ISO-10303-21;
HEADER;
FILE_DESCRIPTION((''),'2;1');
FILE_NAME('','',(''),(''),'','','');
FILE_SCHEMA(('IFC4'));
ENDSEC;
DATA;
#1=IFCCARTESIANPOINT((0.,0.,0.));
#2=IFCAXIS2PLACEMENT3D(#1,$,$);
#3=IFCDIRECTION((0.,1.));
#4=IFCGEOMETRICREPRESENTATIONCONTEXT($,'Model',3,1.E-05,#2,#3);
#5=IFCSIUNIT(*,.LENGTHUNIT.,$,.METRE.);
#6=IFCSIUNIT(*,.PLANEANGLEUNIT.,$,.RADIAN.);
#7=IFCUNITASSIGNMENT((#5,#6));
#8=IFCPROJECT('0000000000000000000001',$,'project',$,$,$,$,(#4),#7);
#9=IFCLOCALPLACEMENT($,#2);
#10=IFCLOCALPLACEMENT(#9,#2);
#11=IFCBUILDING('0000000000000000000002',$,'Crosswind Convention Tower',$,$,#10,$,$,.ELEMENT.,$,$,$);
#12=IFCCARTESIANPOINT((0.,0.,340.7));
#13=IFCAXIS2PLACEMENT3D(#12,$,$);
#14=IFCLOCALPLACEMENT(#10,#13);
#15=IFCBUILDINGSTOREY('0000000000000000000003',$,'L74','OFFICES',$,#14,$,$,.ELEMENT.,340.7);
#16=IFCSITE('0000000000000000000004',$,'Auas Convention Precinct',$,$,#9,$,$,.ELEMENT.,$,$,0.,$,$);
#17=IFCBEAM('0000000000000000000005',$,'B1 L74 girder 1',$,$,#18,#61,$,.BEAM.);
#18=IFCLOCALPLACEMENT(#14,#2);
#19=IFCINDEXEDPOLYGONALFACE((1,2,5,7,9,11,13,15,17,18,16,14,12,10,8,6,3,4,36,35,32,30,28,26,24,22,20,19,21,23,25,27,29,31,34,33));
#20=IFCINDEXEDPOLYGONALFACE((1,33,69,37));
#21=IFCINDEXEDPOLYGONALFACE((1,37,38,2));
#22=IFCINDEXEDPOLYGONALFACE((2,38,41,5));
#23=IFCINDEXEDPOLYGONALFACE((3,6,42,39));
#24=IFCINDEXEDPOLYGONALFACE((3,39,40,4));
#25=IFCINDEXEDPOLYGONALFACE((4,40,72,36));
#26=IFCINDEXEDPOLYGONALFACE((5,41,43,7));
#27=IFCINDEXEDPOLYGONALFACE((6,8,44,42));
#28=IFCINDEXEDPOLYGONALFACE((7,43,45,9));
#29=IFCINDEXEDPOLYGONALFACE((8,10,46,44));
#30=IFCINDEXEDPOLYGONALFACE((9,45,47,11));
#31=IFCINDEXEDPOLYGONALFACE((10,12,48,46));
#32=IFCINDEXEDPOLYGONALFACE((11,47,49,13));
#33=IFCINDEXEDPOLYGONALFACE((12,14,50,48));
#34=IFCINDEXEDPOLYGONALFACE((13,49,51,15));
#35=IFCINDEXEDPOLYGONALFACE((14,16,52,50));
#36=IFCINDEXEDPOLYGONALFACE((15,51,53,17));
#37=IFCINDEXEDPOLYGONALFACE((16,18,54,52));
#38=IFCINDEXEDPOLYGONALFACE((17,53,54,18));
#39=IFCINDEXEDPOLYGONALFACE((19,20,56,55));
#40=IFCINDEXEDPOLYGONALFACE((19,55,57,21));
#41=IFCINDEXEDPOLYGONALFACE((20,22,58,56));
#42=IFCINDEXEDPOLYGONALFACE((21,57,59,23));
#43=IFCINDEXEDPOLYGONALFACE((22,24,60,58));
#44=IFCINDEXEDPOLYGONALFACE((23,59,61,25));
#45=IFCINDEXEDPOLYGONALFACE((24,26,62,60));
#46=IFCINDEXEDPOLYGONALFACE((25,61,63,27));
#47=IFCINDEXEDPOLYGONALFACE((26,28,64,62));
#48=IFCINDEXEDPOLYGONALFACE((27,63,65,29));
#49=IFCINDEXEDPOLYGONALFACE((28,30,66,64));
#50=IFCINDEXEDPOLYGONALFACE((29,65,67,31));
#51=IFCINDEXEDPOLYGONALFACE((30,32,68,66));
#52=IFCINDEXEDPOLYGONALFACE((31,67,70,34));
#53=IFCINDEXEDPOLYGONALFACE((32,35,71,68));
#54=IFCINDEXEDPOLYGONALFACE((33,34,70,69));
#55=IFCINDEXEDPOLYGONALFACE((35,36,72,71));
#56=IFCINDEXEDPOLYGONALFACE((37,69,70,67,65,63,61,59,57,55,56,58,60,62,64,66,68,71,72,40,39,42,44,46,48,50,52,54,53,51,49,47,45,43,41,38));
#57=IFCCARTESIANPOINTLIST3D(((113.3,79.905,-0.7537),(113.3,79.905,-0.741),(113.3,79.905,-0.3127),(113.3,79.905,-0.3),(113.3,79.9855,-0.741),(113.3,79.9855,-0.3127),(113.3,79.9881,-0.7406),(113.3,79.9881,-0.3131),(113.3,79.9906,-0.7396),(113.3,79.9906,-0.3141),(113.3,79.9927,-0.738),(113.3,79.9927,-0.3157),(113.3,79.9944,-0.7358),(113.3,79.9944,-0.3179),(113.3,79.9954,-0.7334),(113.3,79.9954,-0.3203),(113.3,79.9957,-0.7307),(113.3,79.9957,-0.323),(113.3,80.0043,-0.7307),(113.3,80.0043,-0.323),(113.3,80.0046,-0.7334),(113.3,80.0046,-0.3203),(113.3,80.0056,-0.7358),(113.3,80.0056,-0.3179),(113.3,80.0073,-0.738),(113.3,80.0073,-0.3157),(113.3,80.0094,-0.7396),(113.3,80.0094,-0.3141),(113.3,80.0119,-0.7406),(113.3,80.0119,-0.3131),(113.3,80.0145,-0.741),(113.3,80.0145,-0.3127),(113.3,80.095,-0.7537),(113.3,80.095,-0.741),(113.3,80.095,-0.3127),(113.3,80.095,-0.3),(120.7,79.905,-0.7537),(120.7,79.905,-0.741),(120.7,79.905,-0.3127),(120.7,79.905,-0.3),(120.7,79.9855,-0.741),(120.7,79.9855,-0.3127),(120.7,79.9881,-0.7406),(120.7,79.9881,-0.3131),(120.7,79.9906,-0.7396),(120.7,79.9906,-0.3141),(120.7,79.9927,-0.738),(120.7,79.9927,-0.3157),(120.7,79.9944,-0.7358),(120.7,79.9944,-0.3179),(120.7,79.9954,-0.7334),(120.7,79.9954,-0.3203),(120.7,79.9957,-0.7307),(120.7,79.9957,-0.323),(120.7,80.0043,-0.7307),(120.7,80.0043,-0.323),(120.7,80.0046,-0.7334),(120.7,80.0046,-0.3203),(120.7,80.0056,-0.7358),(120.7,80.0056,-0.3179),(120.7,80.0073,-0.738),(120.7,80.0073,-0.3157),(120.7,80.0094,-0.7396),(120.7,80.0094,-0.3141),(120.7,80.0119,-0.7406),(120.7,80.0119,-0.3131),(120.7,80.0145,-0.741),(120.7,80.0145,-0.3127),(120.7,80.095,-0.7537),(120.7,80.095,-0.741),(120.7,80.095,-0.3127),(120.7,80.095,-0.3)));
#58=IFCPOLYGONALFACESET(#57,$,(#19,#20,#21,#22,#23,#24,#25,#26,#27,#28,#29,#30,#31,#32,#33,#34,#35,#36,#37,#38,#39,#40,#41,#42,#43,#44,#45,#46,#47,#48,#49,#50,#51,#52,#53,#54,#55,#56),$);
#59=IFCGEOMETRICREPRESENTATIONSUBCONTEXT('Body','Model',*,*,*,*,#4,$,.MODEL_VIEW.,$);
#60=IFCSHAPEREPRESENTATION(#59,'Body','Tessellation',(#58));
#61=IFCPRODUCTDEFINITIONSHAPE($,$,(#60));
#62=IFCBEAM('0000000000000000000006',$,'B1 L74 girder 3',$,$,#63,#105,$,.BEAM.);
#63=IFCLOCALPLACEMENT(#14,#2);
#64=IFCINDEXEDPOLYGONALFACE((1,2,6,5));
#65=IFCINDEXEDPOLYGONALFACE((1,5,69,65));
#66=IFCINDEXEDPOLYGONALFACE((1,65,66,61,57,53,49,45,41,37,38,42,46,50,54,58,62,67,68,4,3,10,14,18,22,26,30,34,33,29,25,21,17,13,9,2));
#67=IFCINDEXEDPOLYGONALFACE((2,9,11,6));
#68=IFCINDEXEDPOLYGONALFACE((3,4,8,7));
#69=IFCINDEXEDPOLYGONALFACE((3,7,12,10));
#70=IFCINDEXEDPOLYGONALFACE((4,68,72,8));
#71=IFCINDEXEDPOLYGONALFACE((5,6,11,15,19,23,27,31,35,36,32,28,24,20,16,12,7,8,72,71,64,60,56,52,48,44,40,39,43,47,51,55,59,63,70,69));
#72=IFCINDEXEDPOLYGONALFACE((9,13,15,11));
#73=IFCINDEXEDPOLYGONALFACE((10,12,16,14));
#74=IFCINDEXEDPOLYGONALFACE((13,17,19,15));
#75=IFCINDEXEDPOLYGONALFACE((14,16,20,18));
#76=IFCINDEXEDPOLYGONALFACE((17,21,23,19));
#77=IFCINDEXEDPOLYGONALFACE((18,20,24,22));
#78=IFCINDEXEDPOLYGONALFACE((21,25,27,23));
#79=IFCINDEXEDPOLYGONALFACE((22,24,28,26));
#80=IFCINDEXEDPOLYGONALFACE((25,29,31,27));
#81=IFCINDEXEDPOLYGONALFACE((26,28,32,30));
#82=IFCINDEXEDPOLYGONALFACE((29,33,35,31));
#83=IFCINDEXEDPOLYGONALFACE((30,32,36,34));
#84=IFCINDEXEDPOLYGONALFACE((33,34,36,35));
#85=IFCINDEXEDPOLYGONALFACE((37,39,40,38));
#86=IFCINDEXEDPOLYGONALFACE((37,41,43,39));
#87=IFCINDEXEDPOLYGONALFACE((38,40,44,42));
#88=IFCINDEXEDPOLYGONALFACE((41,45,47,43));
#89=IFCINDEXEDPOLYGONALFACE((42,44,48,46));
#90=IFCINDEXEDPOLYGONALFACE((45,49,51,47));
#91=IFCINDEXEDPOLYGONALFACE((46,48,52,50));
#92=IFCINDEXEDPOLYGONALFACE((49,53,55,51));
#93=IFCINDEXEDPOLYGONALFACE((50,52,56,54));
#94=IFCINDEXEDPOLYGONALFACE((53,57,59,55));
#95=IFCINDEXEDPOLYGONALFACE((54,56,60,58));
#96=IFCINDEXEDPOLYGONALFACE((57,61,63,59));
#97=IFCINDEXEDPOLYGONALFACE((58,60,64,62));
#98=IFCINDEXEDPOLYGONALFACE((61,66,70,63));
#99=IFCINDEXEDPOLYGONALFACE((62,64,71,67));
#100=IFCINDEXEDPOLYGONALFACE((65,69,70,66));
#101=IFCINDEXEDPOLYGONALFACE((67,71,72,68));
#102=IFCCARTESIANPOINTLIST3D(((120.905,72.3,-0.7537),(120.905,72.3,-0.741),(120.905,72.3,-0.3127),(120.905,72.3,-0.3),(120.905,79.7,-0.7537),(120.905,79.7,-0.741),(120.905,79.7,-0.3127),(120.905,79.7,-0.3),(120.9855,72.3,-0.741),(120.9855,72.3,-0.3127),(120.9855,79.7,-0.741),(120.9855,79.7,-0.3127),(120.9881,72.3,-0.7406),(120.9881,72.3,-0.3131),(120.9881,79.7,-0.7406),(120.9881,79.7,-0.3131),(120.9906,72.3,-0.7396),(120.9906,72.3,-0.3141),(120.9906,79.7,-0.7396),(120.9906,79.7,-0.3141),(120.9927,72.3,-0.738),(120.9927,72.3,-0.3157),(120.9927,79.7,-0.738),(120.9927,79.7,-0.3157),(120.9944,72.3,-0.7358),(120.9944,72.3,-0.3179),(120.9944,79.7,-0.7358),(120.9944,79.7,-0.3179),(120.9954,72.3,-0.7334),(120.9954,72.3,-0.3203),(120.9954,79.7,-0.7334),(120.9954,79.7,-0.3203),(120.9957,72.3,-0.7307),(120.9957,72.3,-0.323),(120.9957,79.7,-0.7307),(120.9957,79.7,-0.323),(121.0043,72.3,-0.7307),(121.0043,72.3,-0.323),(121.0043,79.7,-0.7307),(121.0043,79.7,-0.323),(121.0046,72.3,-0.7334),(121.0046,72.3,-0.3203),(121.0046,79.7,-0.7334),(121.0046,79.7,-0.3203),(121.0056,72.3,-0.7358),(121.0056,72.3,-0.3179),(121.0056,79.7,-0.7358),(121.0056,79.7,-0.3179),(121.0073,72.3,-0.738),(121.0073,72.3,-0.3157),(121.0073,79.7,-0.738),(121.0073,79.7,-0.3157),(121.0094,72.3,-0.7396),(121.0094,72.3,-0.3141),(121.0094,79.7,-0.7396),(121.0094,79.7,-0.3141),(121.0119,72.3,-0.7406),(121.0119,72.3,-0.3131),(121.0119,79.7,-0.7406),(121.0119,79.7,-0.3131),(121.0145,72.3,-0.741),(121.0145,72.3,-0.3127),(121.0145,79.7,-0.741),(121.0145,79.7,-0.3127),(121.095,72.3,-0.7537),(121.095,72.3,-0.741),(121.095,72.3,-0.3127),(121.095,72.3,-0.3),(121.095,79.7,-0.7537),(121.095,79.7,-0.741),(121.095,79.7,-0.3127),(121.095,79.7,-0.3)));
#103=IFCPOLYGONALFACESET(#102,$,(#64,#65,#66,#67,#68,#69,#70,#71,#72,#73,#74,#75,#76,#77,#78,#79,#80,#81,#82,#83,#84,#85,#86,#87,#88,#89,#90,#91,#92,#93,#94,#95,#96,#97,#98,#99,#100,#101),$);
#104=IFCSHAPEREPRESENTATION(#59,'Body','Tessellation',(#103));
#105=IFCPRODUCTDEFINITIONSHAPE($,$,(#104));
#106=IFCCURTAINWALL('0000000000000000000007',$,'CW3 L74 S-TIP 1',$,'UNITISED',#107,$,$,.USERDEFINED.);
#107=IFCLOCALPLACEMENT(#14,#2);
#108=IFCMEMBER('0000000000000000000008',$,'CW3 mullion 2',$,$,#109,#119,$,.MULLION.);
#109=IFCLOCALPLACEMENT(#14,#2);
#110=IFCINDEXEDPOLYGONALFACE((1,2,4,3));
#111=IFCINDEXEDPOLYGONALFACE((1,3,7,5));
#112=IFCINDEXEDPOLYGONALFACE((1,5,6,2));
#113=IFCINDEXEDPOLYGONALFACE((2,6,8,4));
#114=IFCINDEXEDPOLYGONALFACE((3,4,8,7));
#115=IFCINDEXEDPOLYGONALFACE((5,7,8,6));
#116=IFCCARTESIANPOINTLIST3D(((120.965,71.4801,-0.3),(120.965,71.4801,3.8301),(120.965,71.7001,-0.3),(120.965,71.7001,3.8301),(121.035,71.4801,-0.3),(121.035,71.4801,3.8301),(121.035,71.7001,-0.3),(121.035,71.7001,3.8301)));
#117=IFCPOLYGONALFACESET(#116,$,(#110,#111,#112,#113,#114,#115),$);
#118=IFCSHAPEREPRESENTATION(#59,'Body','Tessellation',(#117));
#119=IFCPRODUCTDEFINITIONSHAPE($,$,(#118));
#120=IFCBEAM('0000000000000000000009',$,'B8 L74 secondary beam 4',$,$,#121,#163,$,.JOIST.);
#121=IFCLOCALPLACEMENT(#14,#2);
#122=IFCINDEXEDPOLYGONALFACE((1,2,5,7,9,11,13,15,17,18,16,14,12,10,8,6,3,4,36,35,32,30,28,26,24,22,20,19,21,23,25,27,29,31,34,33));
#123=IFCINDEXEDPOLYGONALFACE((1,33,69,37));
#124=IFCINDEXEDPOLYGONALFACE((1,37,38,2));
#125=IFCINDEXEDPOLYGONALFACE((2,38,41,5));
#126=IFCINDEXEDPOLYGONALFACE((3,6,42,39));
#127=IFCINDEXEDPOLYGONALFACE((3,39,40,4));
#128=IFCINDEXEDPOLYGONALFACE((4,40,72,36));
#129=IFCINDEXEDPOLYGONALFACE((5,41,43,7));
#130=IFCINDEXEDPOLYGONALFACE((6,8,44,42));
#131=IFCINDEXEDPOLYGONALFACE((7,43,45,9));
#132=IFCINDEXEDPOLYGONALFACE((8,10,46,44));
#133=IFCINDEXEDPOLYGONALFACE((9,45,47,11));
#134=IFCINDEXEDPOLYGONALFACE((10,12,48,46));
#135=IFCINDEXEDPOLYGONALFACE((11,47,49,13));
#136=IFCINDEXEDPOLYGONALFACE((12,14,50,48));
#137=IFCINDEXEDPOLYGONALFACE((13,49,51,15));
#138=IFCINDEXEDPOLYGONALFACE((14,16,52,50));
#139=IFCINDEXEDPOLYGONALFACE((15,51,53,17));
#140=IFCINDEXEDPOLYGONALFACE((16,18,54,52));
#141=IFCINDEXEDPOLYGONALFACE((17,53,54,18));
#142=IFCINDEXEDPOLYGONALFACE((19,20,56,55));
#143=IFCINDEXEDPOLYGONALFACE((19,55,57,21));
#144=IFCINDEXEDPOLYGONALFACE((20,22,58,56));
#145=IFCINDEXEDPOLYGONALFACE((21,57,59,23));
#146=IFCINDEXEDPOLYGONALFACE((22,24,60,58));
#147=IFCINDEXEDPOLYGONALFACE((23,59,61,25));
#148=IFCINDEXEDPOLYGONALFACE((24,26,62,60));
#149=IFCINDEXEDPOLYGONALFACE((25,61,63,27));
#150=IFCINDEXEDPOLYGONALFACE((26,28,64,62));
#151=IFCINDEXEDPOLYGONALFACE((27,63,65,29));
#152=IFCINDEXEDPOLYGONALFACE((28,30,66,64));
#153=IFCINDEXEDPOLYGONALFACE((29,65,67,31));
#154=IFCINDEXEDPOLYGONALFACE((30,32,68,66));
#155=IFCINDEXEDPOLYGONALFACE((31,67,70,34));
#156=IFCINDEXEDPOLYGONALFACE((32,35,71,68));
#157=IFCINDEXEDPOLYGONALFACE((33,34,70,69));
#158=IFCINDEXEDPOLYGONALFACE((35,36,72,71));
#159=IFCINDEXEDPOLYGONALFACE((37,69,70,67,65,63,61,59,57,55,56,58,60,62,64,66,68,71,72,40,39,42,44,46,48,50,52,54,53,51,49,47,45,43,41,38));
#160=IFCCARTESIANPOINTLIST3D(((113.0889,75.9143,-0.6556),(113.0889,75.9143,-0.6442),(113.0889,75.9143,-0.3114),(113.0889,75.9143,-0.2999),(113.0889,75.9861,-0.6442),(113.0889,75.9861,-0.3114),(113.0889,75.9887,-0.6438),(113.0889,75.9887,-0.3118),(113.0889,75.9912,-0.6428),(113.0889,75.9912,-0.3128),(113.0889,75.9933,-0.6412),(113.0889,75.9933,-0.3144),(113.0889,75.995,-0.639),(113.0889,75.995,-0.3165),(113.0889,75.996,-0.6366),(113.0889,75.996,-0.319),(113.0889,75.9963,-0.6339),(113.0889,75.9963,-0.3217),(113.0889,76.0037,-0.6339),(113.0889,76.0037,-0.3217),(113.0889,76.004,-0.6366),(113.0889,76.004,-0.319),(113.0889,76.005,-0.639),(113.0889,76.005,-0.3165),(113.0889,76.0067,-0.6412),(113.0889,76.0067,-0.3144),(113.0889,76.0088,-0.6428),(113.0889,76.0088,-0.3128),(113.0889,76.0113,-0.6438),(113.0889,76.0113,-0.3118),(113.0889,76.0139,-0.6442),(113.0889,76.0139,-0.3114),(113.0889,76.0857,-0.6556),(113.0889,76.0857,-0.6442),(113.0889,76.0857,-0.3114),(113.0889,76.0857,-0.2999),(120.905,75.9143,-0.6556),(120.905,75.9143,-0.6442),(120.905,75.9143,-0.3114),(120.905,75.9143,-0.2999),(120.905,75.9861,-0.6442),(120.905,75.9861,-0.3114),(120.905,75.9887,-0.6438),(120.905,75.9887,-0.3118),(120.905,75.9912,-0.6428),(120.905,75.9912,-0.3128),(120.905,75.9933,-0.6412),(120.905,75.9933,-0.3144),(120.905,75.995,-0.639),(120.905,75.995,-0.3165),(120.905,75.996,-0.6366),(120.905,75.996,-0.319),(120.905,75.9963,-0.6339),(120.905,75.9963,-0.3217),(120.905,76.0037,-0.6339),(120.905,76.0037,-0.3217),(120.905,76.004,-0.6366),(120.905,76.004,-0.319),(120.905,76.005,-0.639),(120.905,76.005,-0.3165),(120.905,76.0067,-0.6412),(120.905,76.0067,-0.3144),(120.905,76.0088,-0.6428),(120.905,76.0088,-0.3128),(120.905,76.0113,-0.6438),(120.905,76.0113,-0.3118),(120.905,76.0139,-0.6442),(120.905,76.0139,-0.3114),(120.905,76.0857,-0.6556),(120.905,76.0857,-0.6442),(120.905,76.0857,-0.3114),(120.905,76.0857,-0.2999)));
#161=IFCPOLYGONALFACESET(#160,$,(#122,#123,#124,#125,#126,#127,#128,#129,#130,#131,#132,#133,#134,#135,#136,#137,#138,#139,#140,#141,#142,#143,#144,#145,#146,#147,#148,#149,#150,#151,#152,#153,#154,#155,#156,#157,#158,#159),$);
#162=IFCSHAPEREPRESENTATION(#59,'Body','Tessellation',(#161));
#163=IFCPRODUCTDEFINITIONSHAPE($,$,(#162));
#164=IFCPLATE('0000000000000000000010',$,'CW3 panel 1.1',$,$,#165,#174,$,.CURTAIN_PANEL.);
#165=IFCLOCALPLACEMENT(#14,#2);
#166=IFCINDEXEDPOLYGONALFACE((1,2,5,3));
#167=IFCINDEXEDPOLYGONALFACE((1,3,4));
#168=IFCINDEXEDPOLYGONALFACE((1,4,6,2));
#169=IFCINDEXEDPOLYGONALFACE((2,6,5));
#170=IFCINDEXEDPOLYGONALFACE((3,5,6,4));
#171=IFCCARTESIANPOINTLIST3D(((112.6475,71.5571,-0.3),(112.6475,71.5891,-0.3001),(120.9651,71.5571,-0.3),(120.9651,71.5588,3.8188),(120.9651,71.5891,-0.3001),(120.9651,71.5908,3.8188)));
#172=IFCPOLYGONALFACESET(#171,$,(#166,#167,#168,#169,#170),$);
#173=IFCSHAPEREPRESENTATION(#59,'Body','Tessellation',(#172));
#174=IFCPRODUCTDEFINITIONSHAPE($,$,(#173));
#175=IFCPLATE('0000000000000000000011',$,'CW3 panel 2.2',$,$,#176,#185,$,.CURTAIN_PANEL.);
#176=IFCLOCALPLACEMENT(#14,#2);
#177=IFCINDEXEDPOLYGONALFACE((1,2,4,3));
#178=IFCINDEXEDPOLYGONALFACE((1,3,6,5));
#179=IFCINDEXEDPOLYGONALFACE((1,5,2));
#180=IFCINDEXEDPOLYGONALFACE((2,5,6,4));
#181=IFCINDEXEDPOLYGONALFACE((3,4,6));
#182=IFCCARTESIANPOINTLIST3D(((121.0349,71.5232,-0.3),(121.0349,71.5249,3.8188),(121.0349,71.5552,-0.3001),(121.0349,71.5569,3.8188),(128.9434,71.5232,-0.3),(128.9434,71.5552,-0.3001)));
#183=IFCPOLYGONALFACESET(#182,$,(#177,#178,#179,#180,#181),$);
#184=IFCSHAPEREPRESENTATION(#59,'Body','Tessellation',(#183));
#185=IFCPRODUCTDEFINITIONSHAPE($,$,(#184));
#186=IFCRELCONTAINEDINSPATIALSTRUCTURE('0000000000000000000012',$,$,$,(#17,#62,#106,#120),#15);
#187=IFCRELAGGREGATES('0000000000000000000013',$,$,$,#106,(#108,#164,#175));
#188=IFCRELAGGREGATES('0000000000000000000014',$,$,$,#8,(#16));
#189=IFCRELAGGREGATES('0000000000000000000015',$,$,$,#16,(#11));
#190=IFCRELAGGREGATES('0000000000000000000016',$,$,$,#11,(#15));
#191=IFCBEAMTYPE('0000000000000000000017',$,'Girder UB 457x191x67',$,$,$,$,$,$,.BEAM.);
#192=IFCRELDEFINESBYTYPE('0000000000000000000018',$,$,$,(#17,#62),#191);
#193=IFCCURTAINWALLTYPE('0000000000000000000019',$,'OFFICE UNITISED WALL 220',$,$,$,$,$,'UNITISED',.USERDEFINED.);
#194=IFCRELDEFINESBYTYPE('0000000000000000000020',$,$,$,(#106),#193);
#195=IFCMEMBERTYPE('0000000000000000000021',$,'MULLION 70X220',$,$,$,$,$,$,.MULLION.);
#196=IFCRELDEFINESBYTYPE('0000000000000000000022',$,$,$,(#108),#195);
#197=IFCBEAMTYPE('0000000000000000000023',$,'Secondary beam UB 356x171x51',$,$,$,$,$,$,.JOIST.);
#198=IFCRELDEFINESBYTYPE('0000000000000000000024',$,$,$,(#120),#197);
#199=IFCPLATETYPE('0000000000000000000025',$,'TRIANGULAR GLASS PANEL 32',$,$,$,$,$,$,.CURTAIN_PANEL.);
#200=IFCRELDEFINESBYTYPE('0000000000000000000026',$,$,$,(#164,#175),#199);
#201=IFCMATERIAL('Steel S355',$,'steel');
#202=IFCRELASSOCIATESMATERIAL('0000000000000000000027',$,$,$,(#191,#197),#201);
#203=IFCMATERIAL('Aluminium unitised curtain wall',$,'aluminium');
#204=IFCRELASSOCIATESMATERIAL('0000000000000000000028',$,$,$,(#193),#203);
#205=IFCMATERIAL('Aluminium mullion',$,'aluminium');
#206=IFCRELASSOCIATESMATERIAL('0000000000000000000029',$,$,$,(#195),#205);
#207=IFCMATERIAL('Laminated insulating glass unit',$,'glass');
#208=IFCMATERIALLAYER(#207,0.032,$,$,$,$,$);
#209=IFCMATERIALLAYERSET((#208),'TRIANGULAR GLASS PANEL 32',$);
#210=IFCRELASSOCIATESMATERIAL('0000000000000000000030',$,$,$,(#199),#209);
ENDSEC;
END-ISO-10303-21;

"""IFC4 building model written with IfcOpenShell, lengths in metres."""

from ifc_helpers import new_model, si_unit, direction, frame, origin, origin_2d, place, context, subcontext, project, spatial, polyline, rectangle, i_section, outline, extrude, material, layer, layer_set, material_profile, profile_set, type_object, element, aggregate, save


model = new_model("IFC4")

# Units and contexts
model_context = context("Model", 3, precision=1e-05, world=origin(), true_north=direction((0.0, 1.0)))
body_context = subcontext(model_context, "Body", "Model", "MODEL_VIEW")
ifc_project = project(units=[si_unit("LENGTHUNIT", "METRE"), si_unit("PLANEANGLEUNIT", "RADIAN")], contexts=[model_context])

# Site, building, storey
site_placement = place(None, origin())
site = spatial("IfcSite", under=ifc_project, at=site_placement, Name="Auas Convention Precinct", CompositionType="ELEMENT", RefElevation=0.0)
building_placement = place(site_placement, origin())
building = spatial("IfcBuilding", under=site, at=building_placement, Name="Crosswind Convention Tower", CompositionType="ELEMENT")
storey_placement = place(building_placement, frame((0.0, 0.0, 340.7)))
storey = spatial("IfcBuildingStorey", under=building, at=storey_placement, Name="L74", Description="OFFICES", CompositionType="ELEMENT", Elevation=340.7)

# Beams
ifc_material_1 = material(Name="Steel S355", Category="steel")
ifc_material_profile_1 = material_profile(ifc_material_1, i_section(OverallWidth=0.1899, OverallDepth=0.4536, WebThickness=0.0085, FlangeThickness=0.0127, FilletRadius=0.0103, at=origin_2d()), Name="UB 457x191x67")
ifc_profile_set_1 = profile_set([ifc_material_profile_1], Name="Steel S355")
beam_type_1 = type_object("IfcBeamType", Name="Girder UB 457x191x67", PredefinedType="BEAM", material=ifc_profile_set_1)
for number, where, z_axis, x_axis, name in (
    (1, (113.3, 80.0, -0.5269), (1.0, 0.0, 0.0), (0.0, 1.0, 0.0), "B1 L74 girder 1"),
    (2, (121.0, 72.3, -0.5269), (0.0, 1.0, 0.0), (-1.0, 0.0, 0.0), "B1 L74 girder 3"),
):
    element("IfcBeam", number, at=place(storey_placement, frame(where, z_axis=z_axis, x_axis=x_axis)), inside=storey, type_object=beam_type_1, Name=name, PredefinedType="BEAM", context=body_context, shape_type="SweptSolid", body=[
        extrude(i_section(OverallWidth=0.1899, OverallDepth=0.4536, WebThickness=0.0085, FlangeThickness=0.0127, FilletRadius=0.0103, at=origin_2d()), origin(), (0.0, 0.0, 1.0), 7.3999),
    ])

# Curtain wall, member
ifc_material_2 = material(Name="Aluminium unitised curtain wall", Category="aluminium")
curtain_wall_type = type_object("IfcCurtainWallType", Name="OFFICE UNITISED WALL 220", ElementType="UNITISED", PredefinedType="USERDEFINED", material=ifc_material_2)
curtain_wall_placement = place(storey_placement, origin())
curtain_wall = element("IfcCurtainWall", 3, at=curtain_wall_placement, inside=storey, type_object=curtain_wall_type, Name="CW3 L74 S-TIP 1", ObjectType="UNITISED", PredefinedType="USERDEFINED")
ifc_material_3 = material(Name="Aluminium mullion", Category="aluminium")
ifc_material_profile_2 = material_profile(ifc_material_3, rectangle(XDim=0.22, YDim=0.0701, at=origin_2d()), Name="AL 220X70")
ifc_profile_set_2 = profile_set([ifc_material_profile_2], Name="Aluminium mullion")
member_type = type_object("IfcMemberType", Name="MULLION 70X220", PredefinedType="MULLION", material=ifc_profile_set_2)
member_placement = place(storey_placement, frame((121.0, 71.5901, -0.3), z_axis=(0.0, 0.0, 1.0), x_axis=(0.0, -1.0, 0.0)))
member = element("IfcMember", 4, at=member_placement, type_object=member_type, Name="CW3 mullion 2", PredefinedType="MULLION", context=body_context, shape_type="SweptSolid", body=[
    extrude(rectangle(XDim=0.22, YDim=0.0701, at=origin_2d()), origin(), (0.0, 0.0, 1.0), 4.1301),
])

# Beam
ifc_material_profile_3 = material_profile(ifc_material_1, i_section(OverallWidth=0.1714, OverallDepth=0.3557, WebThickness=0.0073, FlangeThickness=0.0115, FilletRadius=0.0103, at=origin_2d()), Name="UB 356x171x51")
ifc_profile_set_3 = profile_set([ifc_material_profile_3], Name="Steel S355")
beam_type_2 = type_object("IfcBeamType", Name="Secondary beam UB 356x171x51", PredefinedType="JOIST", material=ifc_profile_set_3)
beam_1_placement = place(storey_placement, frame((113.0889, 76.0, -0.4778), z_axis=(1.0, 0.0, 0.0), x_axis=(0.0, 1.0, 0.0)))
element("IfcBeam", 5, at=beam_1_placement, inside=storey, type_object=beam_type_2, Name="B8 L74 secondary beam 4", PredefinedType="JOIST", context=body_context, shape_type="SweptSolid", body=[
    extrude(i_section(OverallWidth=0.1714, OverallDepth=0.3557, WebThickness=0.0073, FlangeThickness=0.0115, FilletRadius=0.0103, at=origin_2d()), origin(), (0.0, 0.0, 1.0), 7.8162),
])

# Plates
ifc_material_4 = material(Name="Laminated insulating glass unit", Category="glass")
ifc_layer_1 = layer(ifc_material_4, 0.032)
ifc_layer_set_1 = layer_set([ifc_layer_1], Name="TRIANGULAR GLASS PANEL 32")
plate_type = type_object("IfcPlateType", Name="TRIANGULAR GLASS PANEL 32", PredefinedType="CURTAIN_PANEL", material=ifc_layer_set_1)
plate_1_placement = place(storey_placement, frame((120.9651, 71.5571, -0.3), z_axis=(0.0, -1.0, 0.000415), x_axis=(0.0, 0.000415, 1.0)))
plate_1 = element("IfcPlate", 6, at=plate_1_placement, type_object=plate_type, Name="CW3 panel 1.1", PredefinedType="CURTAIN_PANEL", context=body_context, shape_type="SweptSolid", body=[
    extrude(outline(polyline([(0.0, 0.0), (4.1189, 0.0), (0.0, 8.3176), (0.0, 0.0)])), origin(), (0.0, 0.0, -1.0), 0.032),
])
plate_2_placement = place(storey_placement, frame((121.0349, 71.5232, -0.3), z_axis=(0.0, -1.0, 0.000415), x_axis=(1.0, 0.0, 0.0)))
plate_2 = element("IfcPlate", 7, at=plate_2_placement, type_object=plate_type, Name="CW3 panel 2.2", PredefinedType="CURTAIN_PANEL", context=body_context, shape_type="SweptSolid", body=[
    extrude(outline(polyline([(0.0, 0.0), (7.9084, 0.0), (0.0, 4.1189), (0.0, 0.0)])), origin(), (0.0, 0.0, -1.0), 0.032),
])
aggregate(curtain_wall, [member, plate_1, plate_2])

save(model, "model.ifc")
